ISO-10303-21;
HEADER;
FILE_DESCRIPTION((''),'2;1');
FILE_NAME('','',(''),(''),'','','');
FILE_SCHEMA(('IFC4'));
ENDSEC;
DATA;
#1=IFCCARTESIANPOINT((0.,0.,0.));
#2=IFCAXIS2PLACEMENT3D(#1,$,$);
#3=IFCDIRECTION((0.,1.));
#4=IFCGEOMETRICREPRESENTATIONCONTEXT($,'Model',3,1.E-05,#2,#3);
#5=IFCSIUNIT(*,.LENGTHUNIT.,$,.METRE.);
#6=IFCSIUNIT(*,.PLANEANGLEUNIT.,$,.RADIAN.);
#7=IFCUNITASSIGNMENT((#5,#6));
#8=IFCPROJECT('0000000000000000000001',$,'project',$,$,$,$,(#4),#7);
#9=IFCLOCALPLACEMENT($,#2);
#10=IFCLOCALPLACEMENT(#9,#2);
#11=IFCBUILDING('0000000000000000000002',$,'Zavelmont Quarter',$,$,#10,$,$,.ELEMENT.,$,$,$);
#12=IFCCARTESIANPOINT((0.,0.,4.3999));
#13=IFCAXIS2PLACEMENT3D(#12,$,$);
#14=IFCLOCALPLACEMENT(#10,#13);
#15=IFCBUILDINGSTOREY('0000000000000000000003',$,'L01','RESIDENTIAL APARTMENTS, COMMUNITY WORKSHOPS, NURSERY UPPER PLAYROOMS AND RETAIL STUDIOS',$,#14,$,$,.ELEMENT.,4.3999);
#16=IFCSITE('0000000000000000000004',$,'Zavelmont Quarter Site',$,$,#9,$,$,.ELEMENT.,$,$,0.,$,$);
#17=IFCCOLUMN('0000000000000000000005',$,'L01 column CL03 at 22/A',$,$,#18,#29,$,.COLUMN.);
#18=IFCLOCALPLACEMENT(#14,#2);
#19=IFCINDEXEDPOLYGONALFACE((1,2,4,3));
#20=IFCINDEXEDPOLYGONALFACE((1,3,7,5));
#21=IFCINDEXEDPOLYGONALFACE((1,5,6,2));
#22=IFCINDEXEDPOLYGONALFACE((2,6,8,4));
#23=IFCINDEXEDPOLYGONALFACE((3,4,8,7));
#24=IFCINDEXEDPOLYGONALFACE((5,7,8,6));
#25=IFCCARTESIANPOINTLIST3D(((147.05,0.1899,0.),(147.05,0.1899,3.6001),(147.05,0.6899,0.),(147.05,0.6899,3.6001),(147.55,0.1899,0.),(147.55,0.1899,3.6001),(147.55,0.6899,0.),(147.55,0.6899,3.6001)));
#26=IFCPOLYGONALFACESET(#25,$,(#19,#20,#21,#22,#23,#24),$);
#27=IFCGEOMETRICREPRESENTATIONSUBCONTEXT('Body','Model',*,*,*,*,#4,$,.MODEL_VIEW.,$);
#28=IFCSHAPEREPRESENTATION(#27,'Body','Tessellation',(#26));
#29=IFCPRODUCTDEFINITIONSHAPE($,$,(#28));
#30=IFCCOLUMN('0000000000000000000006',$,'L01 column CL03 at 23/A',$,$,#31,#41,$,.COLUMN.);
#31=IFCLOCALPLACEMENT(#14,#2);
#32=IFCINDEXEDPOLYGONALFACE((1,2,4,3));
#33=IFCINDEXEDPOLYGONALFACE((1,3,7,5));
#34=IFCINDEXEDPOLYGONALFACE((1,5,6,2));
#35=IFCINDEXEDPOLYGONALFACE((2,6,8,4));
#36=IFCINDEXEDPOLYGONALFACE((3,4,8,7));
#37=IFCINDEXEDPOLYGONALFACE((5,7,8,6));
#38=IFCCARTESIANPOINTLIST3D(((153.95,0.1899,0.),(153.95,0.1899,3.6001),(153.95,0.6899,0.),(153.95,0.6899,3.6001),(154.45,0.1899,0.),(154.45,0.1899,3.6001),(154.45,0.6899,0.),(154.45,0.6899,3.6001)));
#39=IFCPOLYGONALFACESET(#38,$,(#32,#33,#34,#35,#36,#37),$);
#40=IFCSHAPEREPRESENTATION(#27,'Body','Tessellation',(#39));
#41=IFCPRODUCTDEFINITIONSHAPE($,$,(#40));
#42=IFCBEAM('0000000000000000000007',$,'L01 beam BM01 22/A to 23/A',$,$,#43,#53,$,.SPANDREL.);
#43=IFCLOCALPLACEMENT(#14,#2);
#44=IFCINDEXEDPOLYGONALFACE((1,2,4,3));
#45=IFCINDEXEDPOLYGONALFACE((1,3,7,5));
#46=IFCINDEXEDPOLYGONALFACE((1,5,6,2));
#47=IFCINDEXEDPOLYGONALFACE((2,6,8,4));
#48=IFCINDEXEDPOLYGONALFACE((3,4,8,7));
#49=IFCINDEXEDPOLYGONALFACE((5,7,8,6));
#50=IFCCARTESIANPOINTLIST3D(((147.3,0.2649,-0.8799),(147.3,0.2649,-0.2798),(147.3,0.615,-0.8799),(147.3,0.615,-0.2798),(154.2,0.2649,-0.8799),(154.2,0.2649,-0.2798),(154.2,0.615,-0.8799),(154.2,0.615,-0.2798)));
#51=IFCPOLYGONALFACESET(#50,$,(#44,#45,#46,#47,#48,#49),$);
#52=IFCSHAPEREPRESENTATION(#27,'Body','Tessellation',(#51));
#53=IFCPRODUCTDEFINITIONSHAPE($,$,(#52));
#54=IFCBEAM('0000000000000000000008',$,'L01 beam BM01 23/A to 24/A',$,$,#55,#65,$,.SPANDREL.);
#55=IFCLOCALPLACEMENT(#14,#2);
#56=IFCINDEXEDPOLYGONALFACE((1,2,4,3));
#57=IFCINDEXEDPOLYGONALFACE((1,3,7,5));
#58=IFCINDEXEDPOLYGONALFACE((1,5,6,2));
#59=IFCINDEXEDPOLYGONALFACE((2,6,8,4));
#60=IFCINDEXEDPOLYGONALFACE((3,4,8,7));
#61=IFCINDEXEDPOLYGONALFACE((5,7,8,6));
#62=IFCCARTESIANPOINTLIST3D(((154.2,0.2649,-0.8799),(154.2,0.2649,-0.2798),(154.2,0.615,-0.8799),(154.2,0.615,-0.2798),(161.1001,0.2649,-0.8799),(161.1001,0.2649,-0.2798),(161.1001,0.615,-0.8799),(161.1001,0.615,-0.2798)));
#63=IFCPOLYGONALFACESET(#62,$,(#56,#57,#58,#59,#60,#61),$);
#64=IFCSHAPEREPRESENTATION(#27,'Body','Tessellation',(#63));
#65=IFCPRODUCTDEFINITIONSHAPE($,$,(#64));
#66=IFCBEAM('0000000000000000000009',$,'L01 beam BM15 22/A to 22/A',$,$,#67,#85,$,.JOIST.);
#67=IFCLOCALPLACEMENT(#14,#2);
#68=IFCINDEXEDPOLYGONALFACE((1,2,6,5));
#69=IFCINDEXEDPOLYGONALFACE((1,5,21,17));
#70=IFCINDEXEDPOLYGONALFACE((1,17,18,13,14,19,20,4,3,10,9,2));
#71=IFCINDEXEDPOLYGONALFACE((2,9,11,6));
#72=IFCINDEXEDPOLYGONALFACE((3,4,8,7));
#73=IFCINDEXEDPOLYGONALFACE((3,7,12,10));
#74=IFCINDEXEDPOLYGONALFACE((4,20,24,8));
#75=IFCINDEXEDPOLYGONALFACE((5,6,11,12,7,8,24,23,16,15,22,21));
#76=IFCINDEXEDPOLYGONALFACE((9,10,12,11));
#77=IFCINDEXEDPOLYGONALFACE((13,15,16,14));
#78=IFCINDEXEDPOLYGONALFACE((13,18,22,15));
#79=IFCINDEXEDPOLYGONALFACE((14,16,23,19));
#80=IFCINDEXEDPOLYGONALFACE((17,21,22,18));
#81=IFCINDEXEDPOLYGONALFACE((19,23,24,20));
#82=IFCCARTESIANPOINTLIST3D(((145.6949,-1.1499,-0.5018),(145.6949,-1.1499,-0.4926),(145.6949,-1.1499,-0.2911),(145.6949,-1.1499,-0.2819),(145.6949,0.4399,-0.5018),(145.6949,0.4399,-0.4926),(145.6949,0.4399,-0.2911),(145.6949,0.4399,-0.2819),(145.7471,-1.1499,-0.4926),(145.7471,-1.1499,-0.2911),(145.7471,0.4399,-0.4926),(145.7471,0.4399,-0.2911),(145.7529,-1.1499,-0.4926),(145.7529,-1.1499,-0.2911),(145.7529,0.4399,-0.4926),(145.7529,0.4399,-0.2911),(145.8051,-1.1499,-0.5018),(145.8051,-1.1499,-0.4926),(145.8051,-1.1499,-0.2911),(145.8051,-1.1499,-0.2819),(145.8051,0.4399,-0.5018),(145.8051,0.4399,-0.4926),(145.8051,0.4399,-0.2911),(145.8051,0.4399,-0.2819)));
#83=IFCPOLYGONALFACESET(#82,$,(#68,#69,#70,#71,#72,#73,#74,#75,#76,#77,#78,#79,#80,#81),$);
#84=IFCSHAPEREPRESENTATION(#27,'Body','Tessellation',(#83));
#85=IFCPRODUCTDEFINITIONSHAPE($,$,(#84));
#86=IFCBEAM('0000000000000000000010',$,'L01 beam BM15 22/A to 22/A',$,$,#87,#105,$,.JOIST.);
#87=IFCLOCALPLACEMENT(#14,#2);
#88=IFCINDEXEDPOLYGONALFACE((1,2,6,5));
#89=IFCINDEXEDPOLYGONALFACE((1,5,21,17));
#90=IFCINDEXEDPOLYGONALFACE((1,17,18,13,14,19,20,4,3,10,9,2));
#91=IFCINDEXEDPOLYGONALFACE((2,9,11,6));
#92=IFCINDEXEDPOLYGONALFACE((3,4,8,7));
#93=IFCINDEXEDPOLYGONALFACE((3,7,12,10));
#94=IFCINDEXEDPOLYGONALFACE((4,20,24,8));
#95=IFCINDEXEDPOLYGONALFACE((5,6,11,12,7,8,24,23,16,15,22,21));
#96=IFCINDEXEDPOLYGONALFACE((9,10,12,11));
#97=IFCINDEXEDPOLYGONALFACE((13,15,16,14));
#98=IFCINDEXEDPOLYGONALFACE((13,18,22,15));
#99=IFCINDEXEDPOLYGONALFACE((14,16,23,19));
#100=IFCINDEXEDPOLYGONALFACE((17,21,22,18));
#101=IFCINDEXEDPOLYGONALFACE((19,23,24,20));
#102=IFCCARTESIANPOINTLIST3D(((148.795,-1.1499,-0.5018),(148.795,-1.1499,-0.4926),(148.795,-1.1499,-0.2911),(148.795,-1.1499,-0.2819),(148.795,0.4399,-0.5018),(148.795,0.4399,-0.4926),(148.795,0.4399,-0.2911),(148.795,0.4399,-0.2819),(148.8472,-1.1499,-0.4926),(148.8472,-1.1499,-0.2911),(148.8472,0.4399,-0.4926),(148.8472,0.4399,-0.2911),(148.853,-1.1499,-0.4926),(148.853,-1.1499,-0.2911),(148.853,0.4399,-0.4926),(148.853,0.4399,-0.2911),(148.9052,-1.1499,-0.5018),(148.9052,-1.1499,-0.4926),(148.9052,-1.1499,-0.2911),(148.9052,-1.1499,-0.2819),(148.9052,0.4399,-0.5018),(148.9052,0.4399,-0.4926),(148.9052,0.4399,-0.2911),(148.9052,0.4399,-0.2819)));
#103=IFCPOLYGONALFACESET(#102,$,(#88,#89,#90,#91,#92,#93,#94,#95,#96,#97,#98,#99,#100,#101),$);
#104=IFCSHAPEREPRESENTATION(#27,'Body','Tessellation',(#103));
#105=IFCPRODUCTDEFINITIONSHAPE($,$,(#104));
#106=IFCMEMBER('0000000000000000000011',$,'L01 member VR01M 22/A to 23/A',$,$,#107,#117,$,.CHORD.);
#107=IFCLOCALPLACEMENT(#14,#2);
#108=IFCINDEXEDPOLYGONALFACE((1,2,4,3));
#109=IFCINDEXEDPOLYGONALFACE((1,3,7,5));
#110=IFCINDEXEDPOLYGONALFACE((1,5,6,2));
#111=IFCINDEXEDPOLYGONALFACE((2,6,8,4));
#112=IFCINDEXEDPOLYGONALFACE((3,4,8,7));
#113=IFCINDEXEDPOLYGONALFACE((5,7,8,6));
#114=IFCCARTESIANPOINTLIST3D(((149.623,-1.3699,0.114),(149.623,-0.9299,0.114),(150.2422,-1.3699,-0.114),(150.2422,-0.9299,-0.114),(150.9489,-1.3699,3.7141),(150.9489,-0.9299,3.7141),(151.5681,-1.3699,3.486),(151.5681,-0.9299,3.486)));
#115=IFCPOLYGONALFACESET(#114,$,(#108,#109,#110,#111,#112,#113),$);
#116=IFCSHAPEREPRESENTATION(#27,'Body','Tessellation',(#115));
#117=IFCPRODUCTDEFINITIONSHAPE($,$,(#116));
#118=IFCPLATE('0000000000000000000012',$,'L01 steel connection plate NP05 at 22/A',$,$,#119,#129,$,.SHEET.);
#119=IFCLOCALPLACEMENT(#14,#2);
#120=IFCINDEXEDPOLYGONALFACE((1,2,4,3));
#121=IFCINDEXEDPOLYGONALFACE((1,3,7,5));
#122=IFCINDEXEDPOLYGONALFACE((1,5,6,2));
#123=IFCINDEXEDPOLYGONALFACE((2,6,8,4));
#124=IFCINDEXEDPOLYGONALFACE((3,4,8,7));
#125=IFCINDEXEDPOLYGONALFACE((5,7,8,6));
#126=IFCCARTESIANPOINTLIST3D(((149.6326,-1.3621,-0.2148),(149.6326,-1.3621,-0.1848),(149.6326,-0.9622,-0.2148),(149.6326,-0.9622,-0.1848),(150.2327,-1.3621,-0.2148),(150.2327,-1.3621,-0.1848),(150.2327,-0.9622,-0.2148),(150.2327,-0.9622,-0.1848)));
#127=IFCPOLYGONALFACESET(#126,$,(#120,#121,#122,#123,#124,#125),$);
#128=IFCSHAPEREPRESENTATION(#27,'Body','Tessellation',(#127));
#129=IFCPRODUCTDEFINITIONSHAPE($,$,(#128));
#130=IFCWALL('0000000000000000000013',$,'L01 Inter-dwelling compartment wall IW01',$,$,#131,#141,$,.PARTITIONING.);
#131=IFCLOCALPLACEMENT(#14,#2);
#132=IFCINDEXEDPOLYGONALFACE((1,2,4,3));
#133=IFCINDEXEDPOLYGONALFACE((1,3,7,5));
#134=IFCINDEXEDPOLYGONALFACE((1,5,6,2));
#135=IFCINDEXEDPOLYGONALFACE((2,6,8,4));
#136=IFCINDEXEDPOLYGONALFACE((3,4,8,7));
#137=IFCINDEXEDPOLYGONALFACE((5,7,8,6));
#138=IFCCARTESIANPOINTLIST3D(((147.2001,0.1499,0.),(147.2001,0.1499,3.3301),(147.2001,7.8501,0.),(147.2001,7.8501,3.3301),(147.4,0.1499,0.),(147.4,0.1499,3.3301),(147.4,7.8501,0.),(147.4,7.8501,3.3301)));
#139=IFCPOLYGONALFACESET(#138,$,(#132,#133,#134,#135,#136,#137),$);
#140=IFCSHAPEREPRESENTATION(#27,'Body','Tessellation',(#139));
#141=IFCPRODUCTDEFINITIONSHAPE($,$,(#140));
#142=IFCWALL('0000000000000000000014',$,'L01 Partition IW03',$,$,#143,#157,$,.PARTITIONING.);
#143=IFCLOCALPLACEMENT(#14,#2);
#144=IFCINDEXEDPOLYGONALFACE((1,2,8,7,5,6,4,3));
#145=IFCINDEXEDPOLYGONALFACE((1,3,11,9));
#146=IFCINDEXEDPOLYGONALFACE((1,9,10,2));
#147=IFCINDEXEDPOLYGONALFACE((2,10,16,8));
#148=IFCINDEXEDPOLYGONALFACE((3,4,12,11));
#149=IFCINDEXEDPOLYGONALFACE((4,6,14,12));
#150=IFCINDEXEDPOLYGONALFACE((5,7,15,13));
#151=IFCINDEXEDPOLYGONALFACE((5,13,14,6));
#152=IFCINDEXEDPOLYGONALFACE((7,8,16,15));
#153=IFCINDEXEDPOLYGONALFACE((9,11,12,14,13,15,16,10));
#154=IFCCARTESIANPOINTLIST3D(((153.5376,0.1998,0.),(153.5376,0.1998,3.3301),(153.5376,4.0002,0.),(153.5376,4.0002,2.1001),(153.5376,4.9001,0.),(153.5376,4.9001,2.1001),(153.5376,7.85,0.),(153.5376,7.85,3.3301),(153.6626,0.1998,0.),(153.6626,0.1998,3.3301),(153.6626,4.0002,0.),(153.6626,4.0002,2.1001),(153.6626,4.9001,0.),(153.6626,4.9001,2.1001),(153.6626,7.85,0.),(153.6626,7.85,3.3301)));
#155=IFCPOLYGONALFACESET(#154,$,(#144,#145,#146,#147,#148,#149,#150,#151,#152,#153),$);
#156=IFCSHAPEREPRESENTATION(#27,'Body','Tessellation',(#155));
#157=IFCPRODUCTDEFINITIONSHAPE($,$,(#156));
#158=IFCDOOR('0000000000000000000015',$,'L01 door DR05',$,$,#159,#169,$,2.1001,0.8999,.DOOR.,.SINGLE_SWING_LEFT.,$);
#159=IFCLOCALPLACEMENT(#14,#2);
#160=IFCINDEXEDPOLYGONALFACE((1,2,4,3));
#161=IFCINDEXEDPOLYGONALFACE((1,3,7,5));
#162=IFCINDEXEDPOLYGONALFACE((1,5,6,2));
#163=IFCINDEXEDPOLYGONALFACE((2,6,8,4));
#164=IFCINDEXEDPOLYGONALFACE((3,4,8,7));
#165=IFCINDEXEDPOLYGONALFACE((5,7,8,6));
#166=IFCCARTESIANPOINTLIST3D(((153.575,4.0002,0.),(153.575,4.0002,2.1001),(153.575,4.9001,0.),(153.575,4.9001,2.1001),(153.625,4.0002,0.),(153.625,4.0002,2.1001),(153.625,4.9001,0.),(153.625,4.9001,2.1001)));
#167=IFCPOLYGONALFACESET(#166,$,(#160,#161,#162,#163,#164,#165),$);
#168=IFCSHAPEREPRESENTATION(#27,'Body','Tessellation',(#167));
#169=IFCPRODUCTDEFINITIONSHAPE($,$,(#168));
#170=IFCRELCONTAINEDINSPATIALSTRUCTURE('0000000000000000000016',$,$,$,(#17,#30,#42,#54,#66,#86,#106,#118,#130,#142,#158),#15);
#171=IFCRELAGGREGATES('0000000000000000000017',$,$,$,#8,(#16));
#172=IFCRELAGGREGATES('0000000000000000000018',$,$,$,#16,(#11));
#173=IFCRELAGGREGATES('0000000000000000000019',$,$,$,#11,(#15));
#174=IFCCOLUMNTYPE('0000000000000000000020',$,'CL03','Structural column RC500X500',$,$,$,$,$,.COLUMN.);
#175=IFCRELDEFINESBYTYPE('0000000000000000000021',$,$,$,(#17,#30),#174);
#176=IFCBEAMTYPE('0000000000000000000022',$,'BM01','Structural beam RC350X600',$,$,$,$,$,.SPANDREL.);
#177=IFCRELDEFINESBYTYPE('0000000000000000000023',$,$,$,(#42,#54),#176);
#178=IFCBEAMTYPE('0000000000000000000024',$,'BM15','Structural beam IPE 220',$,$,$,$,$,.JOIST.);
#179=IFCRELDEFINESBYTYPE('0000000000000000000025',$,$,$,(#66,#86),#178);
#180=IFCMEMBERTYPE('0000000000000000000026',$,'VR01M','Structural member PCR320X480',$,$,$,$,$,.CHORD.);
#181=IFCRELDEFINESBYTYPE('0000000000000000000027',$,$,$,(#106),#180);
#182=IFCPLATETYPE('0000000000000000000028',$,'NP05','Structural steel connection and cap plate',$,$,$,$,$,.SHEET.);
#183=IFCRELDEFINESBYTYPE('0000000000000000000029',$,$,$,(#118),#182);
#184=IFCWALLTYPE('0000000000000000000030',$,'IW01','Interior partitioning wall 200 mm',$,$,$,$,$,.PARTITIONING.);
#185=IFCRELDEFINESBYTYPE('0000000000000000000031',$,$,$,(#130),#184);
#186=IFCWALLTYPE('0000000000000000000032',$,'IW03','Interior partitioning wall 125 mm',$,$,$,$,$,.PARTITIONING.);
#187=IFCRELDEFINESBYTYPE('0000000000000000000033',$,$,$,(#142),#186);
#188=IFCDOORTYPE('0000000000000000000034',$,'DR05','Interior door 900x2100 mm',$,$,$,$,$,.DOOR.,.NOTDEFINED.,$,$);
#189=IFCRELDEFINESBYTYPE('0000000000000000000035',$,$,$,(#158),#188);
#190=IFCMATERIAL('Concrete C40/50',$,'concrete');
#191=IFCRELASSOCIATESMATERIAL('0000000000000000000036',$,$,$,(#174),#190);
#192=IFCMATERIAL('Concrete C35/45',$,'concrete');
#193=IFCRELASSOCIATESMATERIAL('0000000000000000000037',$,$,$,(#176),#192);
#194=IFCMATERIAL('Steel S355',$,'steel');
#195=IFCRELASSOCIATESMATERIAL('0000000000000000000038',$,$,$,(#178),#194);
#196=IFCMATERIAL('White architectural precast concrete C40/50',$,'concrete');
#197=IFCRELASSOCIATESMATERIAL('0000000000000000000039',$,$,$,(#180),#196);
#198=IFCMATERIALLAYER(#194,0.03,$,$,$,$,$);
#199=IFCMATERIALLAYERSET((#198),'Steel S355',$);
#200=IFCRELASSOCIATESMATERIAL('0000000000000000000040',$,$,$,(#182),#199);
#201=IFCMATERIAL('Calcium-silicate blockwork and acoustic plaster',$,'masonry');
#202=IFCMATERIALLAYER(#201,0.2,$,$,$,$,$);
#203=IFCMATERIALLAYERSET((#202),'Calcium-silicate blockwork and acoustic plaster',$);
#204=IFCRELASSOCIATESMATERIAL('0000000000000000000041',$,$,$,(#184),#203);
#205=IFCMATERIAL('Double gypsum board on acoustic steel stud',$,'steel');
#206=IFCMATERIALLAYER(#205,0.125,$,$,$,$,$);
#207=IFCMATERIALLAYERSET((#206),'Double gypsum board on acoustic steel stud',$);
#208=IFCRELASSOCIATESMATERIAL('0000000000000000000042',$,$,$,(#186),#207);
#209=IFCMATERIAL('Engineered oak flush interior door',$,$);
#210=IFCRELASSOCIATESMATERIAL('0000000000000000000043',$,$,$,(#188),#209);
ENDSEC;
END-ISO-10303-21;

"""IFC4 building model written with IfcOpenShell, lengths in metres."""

from ifc_helpers import new_model, si_unit, direction, frame, frame_2d, origin, origin_with_axes, origin_2d, place, context, subcontext, project, spatial, rectangle, i_section, extrude, material, layer, layer_set, material_profile, profile_set, type_object, element, fill, save


model = new_model("IFC4")

# Units and contexts
model_context = context("Model", 3, precision=1e-05, world=origin(), true_north=direction((0.0, 1.0)))
body_context = subcontext(model_context, "Body", "Model", "MODEL_VIEW")
ifc_project = project(units=[si_unit("LENGTHUNIT", "METRE"), si_unit("PLANEANGLEUNIT", "RADIAN")], contexts=[model_context])

# Site, building, storey
site_placement = place(None, origin())
site = spatial("IfcSite", under=ifc_project, at=site_placement, Name="Zavelmont Quarter Site", CompositionType="ELEMENT", RefElevation=0.0)
building_placement = place(site_placement, origin())
building = spatial("IfcBuilding", under=site, at=building_placement, Name="Zavelmont Quarter", CompositionType="ELEMENT")
storey_placement = place(building_placement, frame((0.0, 0.0, 4.3999)))
storey = spatial("IfcBuildingStorey", under=building, at=storey_placement, Name="L01", Description="RESIDENTIAL APARTMENTS, COMMUNITY WORKSHOPS, NURSERY UPPER PLAYROOMS AND RETAIL STUDIOS", CompositionType="ELEMENT", Elevation=4.3999)

# Columns
ifc_material_1 = material(Name="Concrete C40/50", Category="concrete")
ifc_material_profile_1 = material_profile(ifc_material_1, rectangle(XDim=0.5, YDim=0.5, at=origin_2d()), Name="RC500X500")
ifc_profile_set_1 = profile_set([ifc_material_profile_1], Name="Concrete C40/50")
column_type = type_object("IfcColumnType", Name="CL03", Description="Structural column RC500X500", PredefinedType="COLUMN", material=ifc_profile_set_1)
for number, where, z_axis, x_axis, name in (
    (1, (147.3, 0.4399, 0.0), (0.0, 0.0, 1.0), (1.0, 0.0, 0.0), "L01 column CL03 at 22/A"),
    (2, (154.2, 0.4399, 0.0), (0.0, 0.0, 1.0), (1.0, 0.0, 0.0), "L01 column CL03 at 23/A"),
):
    element("IfcColumn", number, at=place(storey_placement, frame(where, z_axis=z_axis, x_axis=x_axis)), inside=storey, type_object=column_type, Name=name, PredefinedType="COLUMN", context=body_context, shape_type="SweptSolid", body=[
        extrude(rectangle(XDim=0.5, YDim=0.5, at=origin_2d()), origin(), (0.0, 0.0, 1.0), 3.6001),
    ])

# Beams
ifc_material_2 = material(Name="Concrete C35/45", Category="concrete")
ifc_material_profile_2 = material_profile(ifc_material_2, rectangle(XDim=0.3501, YDim=0.6001, at=origin_2d()), Name="RC350X600")
ifc_profile_set_2 = profile_set([ifc_material_profile_2], Name="Concrete C35/45")
beam_type_1 = type_object("IfcBeamType", Name="BM01", Description="Structural beam RC350X600", PredefinedType="SPANDREL", material=ifc_profile_set_2)
beam_1_placement = place(storey_placement, frame((147.3, 0.4399, -0.5798), z_axis=(1.0, 0.0, 0.0), x_axis=(0.0, 1.0, 0.0)))
element("IfcBeam", 3, at=beam_1_placement, inside=storey, type_object=beam_type_1, Name="L01 beam BM01 22/A to 23/A", PredefinedType="SPANDREL", context=body_context, shape_type="SweptSolid", body=[
    extrude(rectangle(XDim=0.3501, YDim=0.6001, at=origin_2d()), origin(), (0.0, 0.0, 1.0), 6.8999),
])
beam_2_placement = place(storey_placement, frame((154.2, 0.4399, -0.5798), z_axis=(1.0, 0.0, 0.0), x_axis=(0.0, 1.0, 0.0)))
element("IfcBeam", 4, at=beam_2_placement, inside=storey, type_object=beam_type_1, Name="L01 beam BM01 23/A to 24/A", PredefinedType="SPANDREL", context=body_context, shape_type="SweptSolid", body=[
    extrude(rectangle(XDim=0.3501, YDim=0.6001, at=origin_2d()), origin(), (0.0, 0.0, 1.0), 6.9001),
])
ifc_material_3 = material(Name="Steel S355", Category="steel")
ifc_material_profile_3 = material_profile(ifc_material_3, i_section(OverallWidth=0.1101, OverallDepth=0.22, WebThickness=0.0059, FlangeThickness=0.0093, at=origin_2d()), Name="IPE 220")
ifc_profile_set_3 = profile_set([ifc_material_profile_3], Name="Steel S355")
beam_type_2 = type_object("IfcBeamType", Name="BM15", Description="Structural beam IPE 220", PredefinedType="JOIST", material=ifc_profile_set_3)
for number, where, z_axis, x_axis, name in (
    (5, (145.75, 0.4399, -0.3918), (0.0, -1.0, 0.0), (1.0, 0.0, 0.0), "L01 beam BM15 22/A to 22/A"),
    (6, (148.8501, 0.4399, -0.3918), (0.0, -1.0, 0.0), (1.0, 0.0, 0.0), "L01 beam BM15 22/A to 22/A"),
):
    element("IfcBeam", number, at=place(storey_placement, frame(where, z_axis=z_axis, x_axis=x_axis)), inside=storey, type_object=beam_type_2, Name=name, PredefinedType="JOIST", context=body_context, shape_type="SweptSolid", body=[
        extrude(i_section(OverallWidth=0.1101, OverallDepth=0.22, WebThickness=0.0059, FlangeThickness=0.0093, at=origin_2d()), origin(), (0.0, 0.0, 1.0), 1.5898),
    ])

# Member
ifc_material_4 = material(Name="White architectural precast concrete C40/50", Category="concrete")
ifc_material_profile_4 = material_profile(ifc_material_4, rectangle(XDim=0.4399, YDim=0.6599, at=origin_2d()), Name="PCR320X480")
ifc_profile_set_4 = profile_set([ifc_material_profile_4], Name="White architectural precast concrete C40/50")
member_type = type_object("IfcMemberType", Name="VR01M", Description="Structural member PCR320X480", PredefinedType="CHORD", material=ifc_profile_set_4)
member_placement = place(storey_placement, frame((149.9326, -1.1499, 0.0), z_axis=(0.345608, 0.0, 0.938379), x_axis=(0.0, 1.0, 0.0)))
element("IfcMember", 7, at=member_placement, inside=storey, type_object=member_type, Name="L01 member VR01M 22/A to 23/A", PredefinedType="CHORD", context=body_context, shape_type="SweptSolid", body=[
    extrude(rectangle(XDim=0.4399, YDim=0.6599, at=origin_2d()), origin(), (0.0, 0.0, 1.0), 3.8364),
])

# Plate
ifc_layer_1 = layer(ifc_material_3, 0.03)
ifc_layer_set_1 = layer_set([ifc_layer_1], Name="Steel S355")
plate_type = type_object("IfcPlateType", Name="NP05", Description="Structural steel connection and cap plate", PredefinedType="SHEET", material=ifc_layer_set_1)
plate_placement = place(storey_placement, frame((149.9326, -1.1621, -0.2148), z_axis=(0.0, 0.0, 1.0), x_axis=(1.0, 0.0, 0.0)))
element("IfcPlate", 8, at=plate_placement, inside=storey, type_object=plate_type, Name="L01 steel connection plate NP05 at 22/A", PredefinedType="SHEET", context=body_context, shape_type="SweptSolid", body=[
    extrude(rectangle(XDim=0.6001, YDim=0.3999, at=origin_2d()), origin(), (0.0, 0.0, 1.0), 0.03),
])

# Wall
ifc_material_5 = material(Name="Calcium-silicate blockwork and acoustic plaster", Category="masonry")
ifc_layer_2 = layer(ifc_material_5, 0.2)
ifc_layer_set_2 = layer_set([ifc_layer_2], Name="Calcium-silicate blockwork and acoustic plaster")
wall_type_1 = type_object("IfcWallType", Name="IW01", Description="Interior partitioning wall 200 mm", PredefinedType="PARTITIONING", material=ifc_layer_set_2)
wall_1_placement = place(storey_placement, frame((147.3, 7.8501, 0.0), z_axis=(0.0, 0.0, 1.0), x_axis=(0.0, -1.0, 0.0)))
element("IfcWall", 9, at=wall_1_placement, inside=storey, type_object=wall_type_1, Name="L01 Inter-dwelling compartment wall IW01", PredefinedType="PARTITIONING", context=body_context, shape_type="SweptSolid", body=[
    extrude(rectangle(XDim=7.7002, YDim=0.2, at=frame_2d((3.8501, 0.0))), origin(), (0.0, 0.0, 1.0), 3.3301),
])

# Wall, opening, door
ifc_material_6 = material(Name="Double gypsum board on acoustic steel stud", Category="steel")
ifc_layer_3 = layer(ifc_material_6, 0.125)
ifc_layer_set_3 = layer_set([ifc_layer_3], Name="Double gypsum board on acoustic steel stud")
wall_type_2 = type_object("IfcWallType", Name="IW03", Description="Interior partitioning wall 125 mm", PredefinedType="PARTITIONING", material=ifc_layer_set_3)
wall_2_placement = place(storey_placement, frame((153.6001, 7.8501, 0.0), z_axis=(0.0, 0.0, 1.0), x_axis=(0.0, -1.0, 0.0)))
wall_2 = element("IfcWall", 10, at=wall_2_placement, inside=storey, type_object=wall_type_2, Name="L01 Partition IW03", PredefinedType="PARTITIONING", context=body_context, shape_type="SweptSolid", body=[
    extrude(rectangle(XDim=7.6501, YDim=0.125, at=frame_2d((3.8252, 0.0))), origin(), (0.0, 0.0, 1.0), 3.3301),
])
opening_1_placement = place(wall_2_placement, frame((2.95, 0.0, 0.0)))
opening_1 = element("IfcOpeningElement", 11, at=opening_1_placement, cuts=wall_2, PredefinedType="OPENING", context=body_context, shape_type="SweptSolid", body=[
    extrude(rectangle(XDim=0.8999, YDim=2.1001, at=frame_2d((0.45, 1.05))), frame((0.0, 0.0745, 0.0), z_axis=(0.0, -1.0, 0.0), x_axis=(1.0, 0.0, 0.0)), (0.0, 0.0, 1.0), 0.1489),
])
ifc_material_7 = material(Name="Engineered oak flush interior door")
door_type_1 = type_object("IfcDoorType", Name="DR05", Description="Interior door 900x2100 mm", OperationType="NOTDEFINED", PredefinedType="DOOR", material=ifc_material_7)
door_1_placement = place(opening_1_placement, origin_with_axes())
door_1 = element("IfcDoor", 12, at=door_1_placement, inside=storey, type_object=door_type_1, Name="L01 door DR05", OperationType="SINGLE_SWING_LEFT", OverallHeight=2.1001, OverallWidth=0.8999, PredefinedType="DOOR", context=body_context, shape_type="SweptSolid", body=[
    extrude(rectangle(XDim=0.8999, YDim=2.1001, at=frame_2d((0.45, 1.05))), frame((0.0, 0.0249, 0.0), z_axis=(0.0, -1.0, 0.0), x_axis=(1.0, 0.0, 0.0)), (0.0, 0.0, 1.0), 0.05),
])
fill(opening_1, door_1)

save(model, "model.ifc")
